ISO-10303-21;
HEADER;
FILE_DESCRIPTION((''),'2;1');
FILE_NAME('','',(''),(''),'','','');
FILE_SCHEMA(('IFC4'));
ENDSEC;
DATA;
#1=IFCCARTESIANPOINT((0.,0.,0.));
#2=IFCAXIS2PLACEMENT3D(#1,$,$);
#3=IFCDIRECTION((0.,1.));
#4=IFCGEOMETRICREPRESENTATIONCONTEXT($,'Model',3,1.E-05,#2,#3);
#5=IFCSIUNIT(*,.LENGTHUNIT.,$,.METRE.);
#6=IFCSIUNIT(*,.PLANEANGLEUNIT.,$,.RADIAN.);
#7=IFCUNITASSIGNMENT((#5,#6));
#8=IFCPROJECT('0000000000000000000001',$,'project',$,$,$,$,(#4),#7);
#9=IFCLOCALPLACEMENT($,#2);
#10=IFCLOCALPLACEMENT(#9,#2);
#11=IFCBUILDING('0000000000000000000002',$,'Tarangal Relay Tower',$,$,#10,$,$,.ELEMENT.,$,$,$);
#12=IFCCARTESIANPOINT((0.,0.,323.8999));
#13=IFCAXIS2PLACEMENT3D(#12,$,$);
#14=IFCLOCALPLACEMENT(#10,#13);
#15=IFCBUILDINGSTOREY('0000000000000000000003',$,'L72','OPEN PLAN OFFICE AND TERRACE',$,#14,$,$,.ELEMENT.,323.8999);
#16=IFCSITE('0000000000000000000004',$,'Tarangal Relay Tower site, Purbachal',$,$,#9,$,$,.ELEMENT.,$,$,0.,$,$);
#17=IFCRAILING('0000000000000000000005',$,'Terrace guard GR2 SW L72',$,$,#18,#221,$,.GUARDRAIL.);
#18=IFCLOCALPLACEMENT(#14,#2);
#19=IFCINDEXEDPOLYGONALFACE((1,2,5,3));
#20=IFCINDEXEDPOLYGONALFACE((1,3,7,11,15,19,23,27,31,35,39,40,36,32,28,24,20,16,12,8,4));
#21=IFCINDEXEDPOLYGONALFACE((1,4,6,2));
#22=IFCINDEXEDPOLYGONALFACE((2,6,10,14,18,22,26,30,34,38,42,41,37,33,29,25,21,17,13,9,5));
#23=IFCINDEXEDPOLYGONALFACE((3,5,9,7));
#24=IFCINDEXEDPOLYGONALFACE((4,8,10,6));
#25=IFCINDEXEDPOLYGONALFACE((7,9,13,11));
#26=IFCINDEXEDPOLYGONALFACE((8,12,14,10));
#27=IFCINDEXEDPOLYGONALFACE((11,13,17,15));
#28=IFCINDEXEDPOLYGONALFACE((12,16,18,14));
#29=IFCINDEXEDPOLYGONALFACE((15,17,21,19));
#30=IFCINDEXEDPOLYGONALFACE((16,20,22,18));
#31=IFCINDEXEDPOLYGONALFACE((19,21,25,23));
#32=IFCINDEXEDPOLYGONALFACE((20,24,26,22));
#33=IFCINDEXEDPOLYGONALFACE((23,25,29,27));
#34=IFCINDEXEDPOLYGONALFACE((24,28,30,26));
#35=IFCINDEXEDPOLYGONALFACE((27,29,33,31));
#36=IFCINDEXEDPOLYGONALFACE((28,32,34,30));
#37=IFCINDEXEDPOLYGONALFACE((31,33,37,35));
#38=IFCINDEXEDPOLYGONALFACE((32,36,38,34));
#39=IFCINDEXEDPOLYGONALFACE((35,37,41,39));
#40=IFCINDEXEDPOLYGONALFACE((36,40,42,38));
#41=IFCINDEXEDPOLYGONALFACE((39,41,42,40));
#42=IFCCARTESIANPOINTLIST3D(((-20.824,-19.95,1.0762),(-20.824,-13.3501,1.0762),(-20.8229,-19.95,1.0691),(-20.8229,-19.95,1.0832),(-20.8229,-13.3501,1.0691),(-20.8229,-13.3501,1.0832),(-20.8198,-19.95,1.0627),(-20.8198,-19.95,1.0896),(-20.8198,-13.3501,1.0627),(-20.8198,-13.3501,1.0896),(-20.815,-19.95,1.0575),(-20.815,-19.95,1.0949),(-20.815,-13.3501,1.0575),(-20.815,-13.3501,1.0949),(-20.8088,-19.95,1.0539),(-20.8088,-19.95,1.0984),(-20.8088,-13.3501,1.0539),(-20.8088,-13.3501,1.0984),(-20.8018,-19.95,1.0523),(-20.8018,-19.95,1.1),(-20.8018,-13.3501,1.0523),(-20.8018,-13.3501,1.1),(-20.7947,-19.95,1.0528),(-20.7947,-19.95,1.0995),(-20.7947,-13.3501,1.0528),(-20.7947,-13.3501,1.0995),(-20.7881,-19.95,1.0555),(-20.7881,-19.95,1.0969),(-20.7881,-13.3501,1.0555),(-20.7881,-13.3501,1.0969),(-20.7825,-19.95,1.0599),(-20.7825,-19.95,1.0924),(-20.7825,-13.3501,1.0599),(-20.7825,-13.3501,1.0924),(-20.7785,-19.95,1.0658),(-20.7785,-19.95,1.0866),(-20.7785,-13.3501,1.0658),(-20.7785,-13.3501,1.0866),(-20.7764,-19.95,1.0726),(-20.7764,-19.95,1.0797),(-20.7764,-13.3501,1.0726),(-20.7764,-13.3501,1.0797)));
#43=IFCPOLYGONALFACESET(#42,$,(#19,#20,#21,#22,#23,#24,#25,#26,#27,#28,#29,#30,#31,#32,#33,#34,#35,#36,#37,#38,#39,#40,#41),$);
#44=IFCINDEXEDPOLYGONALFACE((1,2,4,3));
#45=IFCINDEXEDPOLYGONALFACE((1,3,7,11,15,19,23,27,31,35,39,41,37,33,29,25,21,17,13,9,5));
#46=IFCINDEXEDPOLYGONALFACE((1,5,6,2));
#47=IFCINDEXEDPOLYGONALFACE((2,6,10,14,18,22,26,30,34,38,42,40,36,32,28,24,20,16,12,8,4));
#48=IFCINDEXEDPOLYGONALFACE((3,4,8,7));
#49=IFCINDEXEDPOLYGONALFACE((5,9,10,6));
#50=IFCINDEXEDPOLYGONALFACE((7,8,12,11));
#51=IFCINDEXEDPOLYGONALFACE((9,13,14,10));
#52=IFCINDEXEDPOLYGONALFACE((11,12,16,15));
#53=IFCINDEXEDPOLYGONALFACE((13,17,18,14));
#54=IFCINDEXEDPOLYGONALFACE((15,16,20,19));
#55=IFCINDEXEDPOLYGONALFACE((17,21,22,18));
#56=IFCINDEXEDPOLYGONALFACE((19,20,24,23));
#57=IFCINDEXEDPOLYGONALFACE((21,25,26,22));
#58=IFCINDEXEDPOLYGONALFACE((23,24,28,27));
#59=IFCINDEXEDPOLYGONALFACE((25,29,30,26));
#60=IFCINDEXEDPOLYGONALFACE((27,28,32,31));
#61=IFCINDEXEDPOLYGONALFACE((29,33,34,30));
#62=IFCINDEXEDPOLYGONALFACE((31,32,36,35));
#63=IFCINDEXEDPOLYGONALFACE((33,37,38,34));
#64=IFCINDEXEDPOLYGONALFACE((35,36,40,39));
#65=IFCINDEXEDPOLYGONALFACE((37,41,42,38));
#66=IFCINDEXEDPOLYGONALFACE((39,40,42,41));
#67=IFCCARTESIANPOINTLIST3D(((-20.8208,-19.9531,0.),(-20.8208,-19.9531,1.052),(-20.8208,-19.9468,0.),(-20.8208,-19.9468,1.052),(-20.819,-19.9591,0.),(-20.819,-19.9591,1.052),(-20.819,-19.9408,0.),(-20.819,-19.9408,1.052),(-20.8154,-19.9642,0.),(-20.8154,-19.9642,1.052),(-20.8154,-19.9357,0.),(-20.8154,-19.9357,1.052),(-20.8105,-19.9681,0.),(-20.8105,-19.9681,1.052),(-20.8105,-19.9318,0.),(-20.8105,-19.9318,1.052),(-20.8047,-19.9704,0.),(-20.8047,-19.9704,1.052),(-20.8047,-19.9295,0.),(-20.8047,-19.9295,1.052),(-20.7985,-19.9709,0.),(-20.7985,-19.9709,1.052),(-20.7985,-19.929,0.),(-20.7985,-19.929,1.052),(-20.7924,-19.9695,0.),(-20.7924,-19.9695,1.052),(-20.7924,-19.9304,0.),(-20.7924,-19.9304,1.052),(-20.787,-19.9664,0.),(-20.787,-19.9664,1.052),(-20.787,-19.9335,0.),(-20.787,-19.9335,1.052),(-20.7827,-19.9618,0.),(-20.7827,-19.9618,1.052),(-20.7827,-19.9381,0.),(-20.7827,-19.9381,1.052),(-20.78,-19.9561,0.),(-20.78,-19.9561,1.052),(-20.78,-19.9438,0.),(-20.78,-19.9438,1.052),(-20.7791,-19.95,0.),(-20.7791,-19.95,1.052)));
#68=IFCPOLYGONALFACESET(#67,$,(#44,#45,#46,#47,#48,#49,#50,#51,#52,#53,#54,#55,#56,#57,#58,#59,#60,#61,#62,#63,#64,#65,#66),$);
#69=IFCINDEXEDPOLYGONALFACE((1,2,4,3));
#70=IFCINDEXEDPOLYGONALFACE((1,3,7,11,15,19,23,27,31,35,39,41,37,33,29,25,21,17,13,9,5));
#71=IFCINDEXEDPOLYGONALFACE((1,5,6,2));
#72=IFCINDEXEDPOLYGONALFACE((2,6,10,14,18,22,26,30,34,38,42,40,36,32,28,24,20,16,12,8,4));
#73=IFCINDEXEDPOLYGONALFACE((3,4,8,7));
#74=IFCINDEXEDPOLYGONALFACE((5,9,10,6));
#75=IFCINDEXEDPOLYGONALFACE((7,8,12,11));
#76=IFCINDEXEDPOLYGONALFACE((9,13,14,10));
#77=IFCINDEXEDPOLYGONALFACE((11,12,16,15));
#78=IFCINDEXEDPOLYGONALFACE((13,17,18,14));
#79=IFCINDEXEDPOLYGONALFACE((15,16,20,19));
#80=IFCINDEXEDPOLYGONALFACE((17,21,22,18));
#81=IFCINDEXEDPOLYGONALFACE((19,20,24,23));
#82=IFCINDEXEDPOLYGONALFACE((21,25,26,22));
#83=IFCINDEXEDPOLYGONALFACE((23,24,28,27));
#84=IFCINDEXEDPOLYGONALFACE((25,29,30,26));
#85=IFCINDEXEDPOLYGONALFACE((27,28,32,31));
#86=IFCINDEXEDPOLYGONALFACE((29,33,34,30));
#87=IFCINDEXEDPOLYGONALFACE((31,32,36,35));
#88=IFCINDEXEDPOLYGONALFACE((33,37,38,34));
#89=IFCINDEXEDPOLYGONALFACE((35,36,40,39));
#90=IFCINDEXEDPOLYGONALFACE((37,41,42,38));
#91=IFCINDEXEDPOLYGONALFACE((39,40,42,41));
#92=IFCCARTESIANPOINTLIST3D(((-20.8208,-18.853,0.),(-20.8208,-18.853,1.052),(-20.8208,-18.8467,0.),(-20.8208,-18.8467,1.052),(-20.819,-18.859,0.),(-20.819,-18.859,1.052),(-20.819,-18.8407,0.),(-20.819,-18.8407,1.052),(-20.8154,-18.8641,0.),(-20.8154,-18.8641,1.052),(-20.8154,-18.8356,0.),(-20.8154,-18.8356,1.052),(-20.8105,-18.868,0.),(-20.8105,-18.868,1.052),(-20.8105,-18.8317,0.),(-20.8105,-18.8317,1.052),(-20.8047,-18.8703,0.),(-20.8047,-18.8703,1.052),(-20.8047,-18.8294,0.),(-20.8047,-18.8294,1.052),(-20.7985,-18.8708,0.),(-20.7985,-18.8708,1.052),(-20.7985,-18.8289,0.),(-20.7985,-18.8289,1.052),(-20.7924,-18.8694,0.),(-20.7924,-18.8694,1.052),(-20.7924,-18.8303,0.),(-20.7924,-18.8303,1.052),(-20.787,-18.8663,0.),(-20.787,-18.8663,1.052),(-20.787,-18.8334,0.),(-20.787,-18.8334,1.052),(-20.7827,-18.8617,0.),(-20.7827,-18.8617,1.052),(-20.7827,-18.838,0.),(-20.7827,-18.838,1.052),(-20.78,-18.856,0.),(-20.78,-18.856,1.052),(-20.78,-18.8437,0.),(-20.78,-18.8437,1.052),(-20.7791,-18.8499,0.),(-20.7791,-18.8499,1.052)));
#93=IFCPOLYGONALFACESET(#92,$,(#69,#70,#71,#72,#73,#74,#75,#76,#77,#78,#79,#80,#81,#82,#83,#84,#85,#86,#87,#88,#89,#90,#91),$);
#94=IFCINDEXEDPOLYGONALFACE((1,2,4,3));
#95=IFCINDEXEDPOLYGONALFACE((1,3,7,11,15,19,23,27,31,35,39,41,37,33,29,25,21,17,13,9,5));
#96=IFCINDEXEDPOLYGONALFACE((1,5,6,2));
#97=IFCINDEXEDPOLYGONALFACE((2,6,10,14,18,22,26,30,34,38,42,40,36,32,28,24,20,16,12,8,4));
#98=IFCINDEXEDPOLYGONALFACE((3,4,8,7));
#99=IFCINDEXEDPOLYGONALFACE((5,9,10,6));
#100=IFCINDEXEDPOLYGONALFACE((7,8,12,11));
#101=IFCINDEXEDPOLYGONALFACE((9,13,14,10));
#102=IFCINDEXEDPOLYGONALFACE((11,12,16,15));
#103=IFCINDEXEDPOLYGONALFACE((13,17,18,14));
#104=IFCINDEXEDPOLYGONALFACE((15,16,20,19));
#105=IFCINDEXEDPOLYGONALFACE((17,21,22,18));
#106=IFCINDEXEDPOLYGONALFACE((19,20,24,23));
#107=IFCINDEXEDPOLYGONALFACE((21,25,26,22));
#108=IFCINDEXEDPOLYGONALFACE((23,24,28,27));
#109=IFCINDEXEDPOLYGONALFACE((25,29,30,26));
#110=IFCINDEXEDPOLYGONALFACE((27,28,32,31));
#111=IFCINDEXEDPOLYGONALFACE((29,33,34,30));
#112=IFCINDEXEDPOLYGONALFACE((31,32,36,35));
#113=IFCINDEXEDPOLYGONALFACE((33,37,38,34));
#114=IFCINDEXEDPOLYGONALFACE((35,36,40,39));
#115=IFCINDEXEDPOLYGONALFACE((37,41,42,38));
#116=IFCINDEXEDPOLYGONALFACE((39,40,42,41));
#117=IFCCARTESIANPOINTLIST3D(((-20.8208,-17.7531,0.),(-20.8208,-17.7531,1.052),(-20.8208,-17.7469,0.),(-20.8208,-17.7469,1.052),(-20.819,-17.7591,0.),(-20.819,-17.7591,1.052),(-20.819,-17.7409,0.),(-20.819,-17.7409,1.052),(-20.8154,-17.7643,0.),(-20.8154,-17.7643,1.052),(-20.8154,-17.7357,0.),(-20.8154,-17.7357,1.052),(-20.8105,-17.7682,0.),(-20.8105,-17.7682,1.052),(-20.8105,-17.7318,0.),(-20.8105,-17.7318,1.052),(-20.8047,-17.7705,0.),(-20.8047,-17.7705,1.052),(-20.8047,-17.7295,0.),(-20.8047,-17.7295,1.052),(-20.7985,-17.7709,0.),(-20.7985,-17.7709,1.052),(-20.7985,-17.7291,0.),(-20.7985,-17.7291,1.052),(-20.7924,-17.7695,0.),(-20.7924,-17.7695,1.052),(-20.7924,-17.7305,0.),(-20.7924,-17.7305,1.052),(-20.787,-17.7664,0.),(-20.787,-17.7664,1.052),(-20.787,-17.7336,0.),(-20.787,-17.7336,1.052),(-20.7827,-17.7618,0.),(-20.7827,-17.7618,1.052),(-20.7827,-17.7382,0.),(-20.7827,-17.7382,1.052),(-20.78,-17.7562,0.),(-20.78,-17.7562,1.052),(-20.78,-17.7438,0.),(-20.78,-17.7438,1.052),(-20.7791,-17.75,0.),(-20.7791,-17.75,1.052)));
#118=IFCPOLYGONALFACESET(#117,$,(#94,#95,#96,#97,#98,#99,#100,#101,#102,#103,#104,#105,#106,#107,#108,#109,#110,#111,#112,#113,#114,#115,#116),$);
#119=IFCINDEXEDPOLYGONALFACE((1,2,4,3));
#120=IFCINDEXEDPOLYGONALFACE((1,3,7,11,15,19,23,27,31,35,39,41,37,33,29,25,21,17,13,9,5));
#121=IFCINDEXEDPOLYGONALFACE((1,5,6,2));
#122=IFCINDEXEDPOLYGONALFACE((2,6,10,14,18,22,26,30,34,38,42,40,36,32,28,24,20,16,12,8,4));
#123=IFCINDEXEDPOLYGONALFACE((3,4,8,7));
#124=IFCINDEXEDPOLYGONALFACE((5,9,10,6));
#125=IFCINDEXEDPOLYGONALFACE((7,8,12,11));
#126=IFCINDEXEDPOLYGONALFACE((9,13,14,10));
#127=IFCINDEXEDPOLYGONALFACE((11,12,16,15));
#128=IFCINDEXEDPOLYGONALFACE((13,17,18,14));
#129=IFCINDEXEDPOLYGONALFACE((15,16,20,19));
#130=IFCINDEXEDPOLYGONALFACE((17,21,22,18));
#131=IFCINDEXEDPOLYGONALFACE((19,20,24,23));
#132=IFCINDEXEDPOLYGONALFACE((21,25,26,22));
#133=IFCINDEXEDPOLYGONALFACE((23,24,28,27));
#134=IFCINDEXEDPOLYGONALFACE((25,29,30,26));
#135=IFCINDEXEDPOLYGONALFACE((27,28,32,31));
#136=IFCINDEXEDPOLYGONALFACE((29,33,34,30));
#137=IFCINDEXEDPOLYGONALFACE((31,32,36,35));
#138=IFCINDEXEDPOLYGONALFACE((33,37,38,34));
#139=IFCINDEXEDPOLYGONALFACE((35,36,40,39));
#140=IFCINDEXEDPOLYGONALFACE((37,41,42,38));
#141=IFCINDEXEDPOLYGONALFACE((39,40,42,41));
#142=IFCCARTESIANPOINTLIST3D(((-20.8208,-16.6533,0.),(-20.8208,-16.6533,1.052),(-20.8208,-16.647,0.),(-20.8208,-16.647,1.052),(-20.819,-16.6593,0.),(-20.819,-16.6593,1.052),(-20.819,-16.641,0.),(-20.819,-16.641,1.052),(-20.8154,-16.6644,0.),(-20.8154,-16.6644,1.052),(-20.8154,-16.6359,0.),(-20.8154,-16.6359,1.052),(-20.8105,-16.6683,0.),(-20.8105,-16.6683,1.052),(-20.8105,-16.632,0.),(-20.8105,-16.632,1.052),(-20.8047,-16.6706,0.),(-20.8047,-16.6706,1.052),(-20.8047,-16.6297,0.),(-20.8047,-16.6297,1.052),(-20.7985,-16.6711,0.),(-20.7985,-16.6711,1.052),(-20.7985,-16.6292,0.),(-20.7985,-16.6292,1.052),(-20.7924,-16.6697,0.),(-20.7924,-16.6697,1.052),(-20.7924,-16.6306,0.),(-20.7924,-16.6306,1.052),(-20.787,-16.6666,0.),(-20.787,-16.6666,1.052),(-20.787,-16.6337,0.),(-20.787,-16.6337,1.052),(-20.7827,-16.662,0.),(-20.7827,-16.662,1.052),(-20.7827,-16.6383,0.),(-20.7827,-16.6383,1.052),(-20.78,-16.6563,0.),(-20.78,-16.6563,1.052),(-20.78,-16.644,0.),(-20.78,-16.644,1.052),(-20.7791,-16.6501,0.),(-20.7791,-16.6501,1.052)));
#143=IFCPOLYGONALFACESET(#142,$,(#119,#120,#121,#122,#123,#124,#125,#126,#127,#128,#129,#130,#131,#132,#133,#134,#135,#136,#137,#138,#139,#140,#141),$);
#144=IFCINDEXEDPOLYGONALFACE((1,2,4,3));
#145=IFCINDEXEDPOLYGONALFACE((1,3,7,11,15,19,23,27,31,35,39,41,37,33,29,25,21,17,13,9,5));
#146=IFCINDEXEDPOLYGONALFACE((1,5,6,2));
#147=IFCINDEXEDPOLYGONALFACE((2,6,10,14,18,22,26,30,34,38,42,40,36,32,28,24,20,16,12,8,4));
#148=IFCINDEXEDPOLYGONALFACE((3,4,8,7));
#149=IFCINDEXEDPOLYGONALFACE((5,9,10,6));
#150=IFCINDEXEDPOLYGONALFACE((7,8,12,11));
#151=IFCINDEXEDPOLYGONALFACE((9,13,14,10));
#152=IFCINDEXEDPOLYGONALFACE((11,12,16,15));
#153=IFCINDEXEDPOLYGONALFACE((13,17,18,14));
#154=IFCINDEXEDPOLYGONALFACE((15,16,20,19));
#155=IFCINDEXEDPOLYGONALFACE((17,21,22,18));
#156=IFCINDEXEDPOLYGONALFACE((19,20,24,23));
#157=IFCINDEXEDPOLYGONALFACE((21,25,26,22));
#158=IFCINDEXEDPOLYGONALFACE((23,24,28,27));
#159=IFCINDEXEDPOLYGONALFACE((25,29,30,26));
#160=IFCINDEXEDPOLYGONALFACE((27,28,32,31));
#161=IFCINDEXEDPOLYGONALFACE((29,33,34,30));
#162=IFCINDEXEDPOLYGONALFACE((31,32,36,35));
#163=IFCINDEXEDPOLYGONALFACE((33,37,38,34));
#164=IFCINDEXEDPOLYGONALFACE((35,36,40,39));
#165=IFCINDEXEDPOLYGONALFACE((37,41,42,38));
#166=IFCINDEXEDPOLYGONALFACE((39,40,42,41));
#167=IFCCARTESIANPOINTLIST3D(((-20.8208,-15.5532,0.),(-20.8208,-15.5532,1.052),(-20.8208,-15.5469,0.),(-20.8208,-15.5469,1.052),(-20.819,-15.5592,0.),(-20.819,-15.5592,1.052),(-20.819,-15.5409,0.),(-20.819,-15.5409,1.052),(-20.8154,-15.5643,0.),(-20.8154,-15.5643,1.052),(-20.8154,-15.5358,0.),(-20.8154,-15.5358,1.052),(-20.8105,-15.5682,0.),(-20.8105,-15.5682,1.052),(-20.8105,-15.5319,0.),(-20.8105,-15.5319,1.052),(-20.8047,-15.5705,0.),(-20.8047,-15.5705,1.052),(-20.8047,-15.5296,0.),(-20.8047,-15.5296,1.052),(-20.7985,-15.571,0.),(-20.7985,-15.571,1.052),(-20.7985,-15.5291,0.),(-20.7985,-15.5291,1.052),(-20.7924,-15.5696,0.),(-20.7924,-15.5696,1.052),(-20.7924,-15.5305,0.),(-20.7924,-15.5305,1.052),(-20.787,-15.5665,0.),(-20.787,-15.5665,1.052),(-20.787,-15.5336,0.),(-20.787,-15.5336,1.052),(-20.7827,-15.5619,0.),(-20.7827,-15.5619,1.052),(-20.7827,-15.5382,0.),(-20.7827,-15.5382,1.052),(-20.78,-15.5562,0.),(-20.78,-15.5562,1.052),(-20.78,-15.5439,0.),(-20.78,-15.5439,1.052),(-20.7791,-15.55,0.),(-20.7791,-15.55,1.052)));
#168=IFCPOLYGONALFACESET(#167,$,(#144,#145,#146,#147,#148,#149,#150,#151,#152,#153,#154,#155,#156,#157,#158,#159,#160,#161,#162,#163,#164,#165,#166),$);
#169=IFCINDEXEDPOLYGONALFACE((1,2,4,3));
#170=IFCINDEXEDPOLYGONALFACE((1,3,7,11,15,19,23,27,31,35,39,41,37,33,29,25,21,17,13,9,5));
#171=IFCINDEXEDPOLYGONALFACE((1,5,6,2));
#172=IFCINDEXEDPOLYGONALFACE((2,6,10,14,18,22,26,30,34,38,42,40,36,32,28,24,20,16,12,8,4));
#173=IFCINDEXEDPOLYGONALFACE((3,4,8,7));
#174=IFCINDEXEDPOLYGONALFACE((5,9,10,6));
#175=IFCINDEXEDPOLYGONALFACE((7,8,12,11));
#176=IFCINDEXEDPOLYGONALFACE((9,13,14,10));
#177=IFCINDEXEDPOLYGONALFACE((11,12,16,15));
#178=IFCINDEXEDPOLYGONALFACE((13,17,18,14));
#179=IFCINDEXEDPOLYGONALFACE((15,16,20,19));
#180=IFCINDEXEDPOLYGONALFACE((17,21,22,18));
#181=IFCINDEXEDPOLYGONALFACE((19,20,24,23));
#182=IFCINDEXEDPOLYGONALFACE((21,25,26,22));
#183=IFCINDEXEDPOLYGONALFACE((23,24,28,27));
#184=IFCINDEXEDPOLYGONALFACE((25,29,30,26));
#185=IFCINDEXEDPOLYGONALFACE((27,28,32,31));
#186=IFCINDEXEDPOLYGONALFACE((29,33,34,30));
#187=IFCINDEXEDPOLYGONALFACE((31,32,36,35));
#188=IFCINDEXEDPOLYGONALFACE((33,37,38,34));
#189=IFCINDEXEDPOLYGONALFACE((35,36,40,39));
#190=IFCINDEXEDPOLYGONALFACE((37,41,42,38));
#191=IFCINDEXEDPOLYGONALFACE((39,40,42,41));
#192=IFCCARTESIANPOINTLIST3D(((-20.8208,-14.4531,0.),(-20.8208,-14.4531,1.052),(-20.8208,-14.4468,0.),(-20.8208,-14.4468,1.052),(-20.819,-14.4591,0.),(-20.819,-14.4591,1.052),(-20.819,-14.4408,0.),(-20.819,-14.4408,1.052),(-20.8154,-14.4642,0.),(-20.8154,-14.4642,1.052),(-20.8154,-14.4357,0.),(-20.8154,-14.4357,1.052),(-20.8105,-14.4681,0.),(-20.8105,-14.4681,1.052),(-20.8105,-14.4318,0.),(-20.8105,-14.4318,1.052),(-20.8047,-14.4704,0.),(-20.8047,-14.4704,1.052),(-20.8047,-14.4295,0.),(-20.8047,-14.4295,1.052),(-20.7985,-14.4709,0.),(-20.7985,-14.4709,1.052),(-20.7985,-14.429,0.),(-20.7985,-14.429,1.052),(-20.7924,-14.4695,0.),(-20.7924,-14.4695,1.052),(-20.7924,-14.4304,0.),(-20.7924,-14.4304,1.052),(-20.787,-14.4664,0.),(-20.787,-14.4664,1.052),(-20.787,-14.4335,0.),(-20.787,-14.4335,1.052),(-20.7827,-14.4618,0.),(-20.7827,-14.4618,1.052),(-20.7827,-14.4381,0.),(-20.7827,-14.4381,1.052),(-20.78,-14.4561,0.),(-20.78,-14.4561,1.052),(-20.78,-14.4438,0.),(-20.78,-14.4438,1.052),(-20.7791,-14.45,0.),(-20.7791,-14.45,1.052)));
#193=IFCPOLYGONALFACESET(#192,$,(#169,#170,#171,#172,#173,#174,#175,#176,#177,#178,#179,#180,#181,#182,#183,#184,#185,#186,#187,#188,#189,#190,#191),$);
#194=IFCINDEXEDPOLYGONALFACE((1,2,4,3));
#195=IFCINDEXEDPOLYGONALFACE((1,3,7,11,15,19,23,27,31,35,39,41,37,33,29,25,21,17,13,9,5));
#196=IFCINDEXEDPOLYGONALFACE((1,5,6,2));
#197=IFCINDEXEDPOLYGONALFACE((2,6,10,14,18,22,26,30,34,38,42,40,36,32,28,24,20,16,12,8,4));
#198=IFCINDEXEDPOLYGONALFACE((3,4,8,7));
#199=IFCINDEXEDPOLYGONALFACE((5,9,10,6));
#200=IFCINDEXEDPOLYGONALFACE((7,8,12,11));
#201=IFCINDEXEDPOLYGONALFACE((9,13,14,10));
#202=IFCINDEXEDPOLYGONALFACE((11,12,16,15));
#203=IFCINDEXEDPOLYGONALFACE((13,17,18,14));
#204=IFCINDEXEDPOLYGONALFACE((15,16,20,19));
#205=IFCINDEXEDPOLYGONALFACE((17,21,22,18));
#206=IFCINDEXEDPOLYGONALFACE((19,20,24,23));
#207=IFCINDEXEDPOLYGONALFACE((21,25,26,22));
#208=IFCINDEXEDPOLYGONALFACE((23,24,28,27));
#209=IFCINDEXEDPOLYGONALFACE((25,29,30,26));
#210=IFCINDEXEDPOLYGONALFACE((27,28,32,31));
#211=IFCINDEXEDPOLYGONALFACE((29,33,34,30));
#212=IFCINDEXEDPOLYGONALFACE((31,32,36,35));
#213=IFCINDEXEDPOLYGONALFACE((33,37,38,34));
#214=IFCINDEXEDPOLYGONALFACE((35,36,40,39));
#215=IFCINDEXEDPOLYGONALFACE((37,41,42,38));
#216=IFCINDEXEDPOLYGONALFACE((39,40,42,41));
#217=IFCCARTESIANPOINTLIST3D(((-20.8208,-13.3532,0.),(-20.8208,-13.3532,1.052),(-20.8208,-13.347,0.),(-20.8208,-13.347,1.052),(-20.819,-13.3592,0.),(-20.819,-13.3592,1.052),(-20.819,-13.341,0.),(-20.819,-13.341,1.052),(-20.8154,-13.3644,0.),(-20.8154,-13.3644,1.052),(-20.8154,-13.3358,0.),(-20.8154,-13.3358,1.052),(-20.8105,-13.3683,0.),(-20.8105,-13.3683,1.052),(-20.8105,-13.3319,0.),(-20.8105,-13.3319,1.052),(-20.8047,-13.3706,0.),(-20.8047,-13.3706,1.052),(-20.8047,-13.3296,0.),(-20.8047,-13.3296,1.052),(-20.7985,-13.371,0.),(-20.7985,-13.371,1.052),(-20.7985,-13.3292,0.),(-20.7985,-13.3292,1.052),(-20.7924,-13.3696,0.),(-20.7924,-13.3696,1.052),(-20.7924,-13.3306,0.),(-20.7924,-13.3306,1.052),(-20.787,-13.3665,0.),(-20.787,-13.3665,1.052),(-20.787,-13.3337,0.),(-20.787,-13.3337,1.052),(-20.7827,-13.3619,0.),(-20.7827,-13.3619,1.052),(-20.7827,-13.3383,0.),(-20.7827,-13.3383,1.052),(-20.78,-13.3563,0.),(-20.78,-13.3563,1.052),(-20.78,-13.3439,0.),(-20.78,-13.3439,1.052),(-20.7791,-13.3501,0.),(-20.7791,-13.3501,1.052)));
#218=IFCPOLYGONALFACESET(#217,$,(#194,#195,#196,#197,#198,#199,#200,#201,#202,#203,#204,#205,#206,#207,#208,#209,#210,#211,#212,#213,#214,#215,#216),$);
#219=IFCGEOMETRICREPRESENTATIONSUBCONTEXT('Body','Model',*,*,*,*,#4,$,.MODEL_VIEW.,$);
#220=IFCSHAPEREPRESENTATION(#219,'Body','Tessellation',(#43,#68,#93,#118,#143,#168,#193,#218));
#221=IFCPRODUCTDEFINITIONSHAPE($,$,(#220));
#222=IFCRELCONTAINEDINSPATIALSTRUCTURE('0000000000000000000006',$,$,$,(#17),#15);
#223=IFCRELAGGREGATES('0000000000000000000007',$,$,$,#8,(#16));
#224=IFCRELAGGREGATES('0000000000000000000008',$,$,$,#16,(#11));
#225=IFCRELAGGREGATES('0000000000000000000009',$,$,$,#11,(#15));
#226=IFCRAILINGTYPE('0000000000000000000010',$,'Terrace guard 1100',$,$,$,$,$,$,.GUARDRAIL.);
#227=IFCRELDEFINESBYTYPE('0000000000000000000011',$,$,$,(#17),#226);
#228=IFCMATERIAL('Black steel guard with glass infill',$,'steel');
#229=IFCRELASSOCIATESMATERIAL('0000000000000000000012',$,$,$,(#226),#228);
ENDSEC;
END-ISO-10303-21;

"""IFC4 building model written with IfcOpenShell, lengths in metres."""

from ifc_helpers import new_model, si_unit, direction, frame, origin, origin_2d, place, context, subcontext, project, spatial, circle, extrude, material, type_object, element, save


model = new_model("IFC4")

# Units and contexts
model_context = context("Model", 3, precision=1e-05, world=origin(), true_north=direction((0.0, 1.0)))
body_context = subcontext(model_context, "Body", "Model", "MODEL_VIEW")
ifc_project = project(units=[si_unit("LENGTHUNIT", "METRE"), si_unit("PLANEANGLEUNIT", "RADIAN")], contexts=[model_context])

# Site, building, storey
site_placement = place(None, origin())
site = spatial("IfcSite", under=ifc_project, at=site_placement, Name="Tarangal Relay Tower site, Purbachal", CompositionType="ELEMENT", RefElevation=0.0)
building_placement = place(site_placement, origin())
building = spatial("IfcBuilding", under=site, at=building_placement, Name="Tarangal Relay Tower", CompositionType="ELEMENT")
storey_placement = place(building_placement, frame((0.0, 0.0, 323.8999)))
storey = spatial("IfcBuildingStorey", under=building, at=storey_placement, Name="L72", Description="OPEN PLAN OFFICE AND TERRACE", CompositionType="ELEMENT", Elevation=323.8999)

# Railing
ifc_material_1 = material(Name="Black steel guard with glass infill", Category="steel")
railing_type = type_object("IfcRailingType", Name="Terrace guard 1100", PredefinedType="GUARDRAIL", material=ifc_material_1)
railing_1_placement = place(storey_placement, frame((-20.8, -19.95, 0.0)))
element("IfcRailing", 1, at=railing_1_placement, inside=storey, type_object=railing_type, Name="Terrace guard GR2 SW L72", PredefinedType="GUARDRAIL", context=body_context, shape_type="SweptSolid", body=[
    extrude(circle(Radius=0.0239, at=origin_2d()), frame((0.0, 0.0, 1.0762), z_axis=(0.0, 1.0, 0.0), x_axis=(-1.0, 0.0, 0.0)), (0.0, 0.0, 1.0), 6.5999),
    extrude(circle(Radius=0.021, at=origin_2d()), origin(), (0.0, 0.0, 1.0), 1.052),
    extrude(circle(Radius=0.021, at=origin_2d()), frame((0.0, 1.1001, 0.0)), (0.0, 0.0, 1.0), 1.052),
    extrude(circle(Radius=0.021, at=origin_2d()), frame((0.0, 2.2, 0.0)), (0.0, 0.0, 1.0), 1.052),
    extrude(circle(Radius=0.021, at=origin_2d()), frame((0.0, 3.2998, 0.0)), (0.0, 0.0, 1.0), 1.052),
    extrude(circle(Radius=0.021, at=origin_2d()), frame((0.0, 4.3999, 0.0)), (0.0, 0.0, 1.0), 1.052),
    extrude(circle(Radius=0.021, at=origin_2d()), frame((0.0, 5.5, 0.0)), (0.0, 0.0, 1.0), 1.052),
    extrude(circle(Radius=0.021, at=origin_2d()), frame((0.0, 6.5999, 0.0)), (0.0, 0.0, 1.0), 1.052),
])

save(model, "model.ifc")
